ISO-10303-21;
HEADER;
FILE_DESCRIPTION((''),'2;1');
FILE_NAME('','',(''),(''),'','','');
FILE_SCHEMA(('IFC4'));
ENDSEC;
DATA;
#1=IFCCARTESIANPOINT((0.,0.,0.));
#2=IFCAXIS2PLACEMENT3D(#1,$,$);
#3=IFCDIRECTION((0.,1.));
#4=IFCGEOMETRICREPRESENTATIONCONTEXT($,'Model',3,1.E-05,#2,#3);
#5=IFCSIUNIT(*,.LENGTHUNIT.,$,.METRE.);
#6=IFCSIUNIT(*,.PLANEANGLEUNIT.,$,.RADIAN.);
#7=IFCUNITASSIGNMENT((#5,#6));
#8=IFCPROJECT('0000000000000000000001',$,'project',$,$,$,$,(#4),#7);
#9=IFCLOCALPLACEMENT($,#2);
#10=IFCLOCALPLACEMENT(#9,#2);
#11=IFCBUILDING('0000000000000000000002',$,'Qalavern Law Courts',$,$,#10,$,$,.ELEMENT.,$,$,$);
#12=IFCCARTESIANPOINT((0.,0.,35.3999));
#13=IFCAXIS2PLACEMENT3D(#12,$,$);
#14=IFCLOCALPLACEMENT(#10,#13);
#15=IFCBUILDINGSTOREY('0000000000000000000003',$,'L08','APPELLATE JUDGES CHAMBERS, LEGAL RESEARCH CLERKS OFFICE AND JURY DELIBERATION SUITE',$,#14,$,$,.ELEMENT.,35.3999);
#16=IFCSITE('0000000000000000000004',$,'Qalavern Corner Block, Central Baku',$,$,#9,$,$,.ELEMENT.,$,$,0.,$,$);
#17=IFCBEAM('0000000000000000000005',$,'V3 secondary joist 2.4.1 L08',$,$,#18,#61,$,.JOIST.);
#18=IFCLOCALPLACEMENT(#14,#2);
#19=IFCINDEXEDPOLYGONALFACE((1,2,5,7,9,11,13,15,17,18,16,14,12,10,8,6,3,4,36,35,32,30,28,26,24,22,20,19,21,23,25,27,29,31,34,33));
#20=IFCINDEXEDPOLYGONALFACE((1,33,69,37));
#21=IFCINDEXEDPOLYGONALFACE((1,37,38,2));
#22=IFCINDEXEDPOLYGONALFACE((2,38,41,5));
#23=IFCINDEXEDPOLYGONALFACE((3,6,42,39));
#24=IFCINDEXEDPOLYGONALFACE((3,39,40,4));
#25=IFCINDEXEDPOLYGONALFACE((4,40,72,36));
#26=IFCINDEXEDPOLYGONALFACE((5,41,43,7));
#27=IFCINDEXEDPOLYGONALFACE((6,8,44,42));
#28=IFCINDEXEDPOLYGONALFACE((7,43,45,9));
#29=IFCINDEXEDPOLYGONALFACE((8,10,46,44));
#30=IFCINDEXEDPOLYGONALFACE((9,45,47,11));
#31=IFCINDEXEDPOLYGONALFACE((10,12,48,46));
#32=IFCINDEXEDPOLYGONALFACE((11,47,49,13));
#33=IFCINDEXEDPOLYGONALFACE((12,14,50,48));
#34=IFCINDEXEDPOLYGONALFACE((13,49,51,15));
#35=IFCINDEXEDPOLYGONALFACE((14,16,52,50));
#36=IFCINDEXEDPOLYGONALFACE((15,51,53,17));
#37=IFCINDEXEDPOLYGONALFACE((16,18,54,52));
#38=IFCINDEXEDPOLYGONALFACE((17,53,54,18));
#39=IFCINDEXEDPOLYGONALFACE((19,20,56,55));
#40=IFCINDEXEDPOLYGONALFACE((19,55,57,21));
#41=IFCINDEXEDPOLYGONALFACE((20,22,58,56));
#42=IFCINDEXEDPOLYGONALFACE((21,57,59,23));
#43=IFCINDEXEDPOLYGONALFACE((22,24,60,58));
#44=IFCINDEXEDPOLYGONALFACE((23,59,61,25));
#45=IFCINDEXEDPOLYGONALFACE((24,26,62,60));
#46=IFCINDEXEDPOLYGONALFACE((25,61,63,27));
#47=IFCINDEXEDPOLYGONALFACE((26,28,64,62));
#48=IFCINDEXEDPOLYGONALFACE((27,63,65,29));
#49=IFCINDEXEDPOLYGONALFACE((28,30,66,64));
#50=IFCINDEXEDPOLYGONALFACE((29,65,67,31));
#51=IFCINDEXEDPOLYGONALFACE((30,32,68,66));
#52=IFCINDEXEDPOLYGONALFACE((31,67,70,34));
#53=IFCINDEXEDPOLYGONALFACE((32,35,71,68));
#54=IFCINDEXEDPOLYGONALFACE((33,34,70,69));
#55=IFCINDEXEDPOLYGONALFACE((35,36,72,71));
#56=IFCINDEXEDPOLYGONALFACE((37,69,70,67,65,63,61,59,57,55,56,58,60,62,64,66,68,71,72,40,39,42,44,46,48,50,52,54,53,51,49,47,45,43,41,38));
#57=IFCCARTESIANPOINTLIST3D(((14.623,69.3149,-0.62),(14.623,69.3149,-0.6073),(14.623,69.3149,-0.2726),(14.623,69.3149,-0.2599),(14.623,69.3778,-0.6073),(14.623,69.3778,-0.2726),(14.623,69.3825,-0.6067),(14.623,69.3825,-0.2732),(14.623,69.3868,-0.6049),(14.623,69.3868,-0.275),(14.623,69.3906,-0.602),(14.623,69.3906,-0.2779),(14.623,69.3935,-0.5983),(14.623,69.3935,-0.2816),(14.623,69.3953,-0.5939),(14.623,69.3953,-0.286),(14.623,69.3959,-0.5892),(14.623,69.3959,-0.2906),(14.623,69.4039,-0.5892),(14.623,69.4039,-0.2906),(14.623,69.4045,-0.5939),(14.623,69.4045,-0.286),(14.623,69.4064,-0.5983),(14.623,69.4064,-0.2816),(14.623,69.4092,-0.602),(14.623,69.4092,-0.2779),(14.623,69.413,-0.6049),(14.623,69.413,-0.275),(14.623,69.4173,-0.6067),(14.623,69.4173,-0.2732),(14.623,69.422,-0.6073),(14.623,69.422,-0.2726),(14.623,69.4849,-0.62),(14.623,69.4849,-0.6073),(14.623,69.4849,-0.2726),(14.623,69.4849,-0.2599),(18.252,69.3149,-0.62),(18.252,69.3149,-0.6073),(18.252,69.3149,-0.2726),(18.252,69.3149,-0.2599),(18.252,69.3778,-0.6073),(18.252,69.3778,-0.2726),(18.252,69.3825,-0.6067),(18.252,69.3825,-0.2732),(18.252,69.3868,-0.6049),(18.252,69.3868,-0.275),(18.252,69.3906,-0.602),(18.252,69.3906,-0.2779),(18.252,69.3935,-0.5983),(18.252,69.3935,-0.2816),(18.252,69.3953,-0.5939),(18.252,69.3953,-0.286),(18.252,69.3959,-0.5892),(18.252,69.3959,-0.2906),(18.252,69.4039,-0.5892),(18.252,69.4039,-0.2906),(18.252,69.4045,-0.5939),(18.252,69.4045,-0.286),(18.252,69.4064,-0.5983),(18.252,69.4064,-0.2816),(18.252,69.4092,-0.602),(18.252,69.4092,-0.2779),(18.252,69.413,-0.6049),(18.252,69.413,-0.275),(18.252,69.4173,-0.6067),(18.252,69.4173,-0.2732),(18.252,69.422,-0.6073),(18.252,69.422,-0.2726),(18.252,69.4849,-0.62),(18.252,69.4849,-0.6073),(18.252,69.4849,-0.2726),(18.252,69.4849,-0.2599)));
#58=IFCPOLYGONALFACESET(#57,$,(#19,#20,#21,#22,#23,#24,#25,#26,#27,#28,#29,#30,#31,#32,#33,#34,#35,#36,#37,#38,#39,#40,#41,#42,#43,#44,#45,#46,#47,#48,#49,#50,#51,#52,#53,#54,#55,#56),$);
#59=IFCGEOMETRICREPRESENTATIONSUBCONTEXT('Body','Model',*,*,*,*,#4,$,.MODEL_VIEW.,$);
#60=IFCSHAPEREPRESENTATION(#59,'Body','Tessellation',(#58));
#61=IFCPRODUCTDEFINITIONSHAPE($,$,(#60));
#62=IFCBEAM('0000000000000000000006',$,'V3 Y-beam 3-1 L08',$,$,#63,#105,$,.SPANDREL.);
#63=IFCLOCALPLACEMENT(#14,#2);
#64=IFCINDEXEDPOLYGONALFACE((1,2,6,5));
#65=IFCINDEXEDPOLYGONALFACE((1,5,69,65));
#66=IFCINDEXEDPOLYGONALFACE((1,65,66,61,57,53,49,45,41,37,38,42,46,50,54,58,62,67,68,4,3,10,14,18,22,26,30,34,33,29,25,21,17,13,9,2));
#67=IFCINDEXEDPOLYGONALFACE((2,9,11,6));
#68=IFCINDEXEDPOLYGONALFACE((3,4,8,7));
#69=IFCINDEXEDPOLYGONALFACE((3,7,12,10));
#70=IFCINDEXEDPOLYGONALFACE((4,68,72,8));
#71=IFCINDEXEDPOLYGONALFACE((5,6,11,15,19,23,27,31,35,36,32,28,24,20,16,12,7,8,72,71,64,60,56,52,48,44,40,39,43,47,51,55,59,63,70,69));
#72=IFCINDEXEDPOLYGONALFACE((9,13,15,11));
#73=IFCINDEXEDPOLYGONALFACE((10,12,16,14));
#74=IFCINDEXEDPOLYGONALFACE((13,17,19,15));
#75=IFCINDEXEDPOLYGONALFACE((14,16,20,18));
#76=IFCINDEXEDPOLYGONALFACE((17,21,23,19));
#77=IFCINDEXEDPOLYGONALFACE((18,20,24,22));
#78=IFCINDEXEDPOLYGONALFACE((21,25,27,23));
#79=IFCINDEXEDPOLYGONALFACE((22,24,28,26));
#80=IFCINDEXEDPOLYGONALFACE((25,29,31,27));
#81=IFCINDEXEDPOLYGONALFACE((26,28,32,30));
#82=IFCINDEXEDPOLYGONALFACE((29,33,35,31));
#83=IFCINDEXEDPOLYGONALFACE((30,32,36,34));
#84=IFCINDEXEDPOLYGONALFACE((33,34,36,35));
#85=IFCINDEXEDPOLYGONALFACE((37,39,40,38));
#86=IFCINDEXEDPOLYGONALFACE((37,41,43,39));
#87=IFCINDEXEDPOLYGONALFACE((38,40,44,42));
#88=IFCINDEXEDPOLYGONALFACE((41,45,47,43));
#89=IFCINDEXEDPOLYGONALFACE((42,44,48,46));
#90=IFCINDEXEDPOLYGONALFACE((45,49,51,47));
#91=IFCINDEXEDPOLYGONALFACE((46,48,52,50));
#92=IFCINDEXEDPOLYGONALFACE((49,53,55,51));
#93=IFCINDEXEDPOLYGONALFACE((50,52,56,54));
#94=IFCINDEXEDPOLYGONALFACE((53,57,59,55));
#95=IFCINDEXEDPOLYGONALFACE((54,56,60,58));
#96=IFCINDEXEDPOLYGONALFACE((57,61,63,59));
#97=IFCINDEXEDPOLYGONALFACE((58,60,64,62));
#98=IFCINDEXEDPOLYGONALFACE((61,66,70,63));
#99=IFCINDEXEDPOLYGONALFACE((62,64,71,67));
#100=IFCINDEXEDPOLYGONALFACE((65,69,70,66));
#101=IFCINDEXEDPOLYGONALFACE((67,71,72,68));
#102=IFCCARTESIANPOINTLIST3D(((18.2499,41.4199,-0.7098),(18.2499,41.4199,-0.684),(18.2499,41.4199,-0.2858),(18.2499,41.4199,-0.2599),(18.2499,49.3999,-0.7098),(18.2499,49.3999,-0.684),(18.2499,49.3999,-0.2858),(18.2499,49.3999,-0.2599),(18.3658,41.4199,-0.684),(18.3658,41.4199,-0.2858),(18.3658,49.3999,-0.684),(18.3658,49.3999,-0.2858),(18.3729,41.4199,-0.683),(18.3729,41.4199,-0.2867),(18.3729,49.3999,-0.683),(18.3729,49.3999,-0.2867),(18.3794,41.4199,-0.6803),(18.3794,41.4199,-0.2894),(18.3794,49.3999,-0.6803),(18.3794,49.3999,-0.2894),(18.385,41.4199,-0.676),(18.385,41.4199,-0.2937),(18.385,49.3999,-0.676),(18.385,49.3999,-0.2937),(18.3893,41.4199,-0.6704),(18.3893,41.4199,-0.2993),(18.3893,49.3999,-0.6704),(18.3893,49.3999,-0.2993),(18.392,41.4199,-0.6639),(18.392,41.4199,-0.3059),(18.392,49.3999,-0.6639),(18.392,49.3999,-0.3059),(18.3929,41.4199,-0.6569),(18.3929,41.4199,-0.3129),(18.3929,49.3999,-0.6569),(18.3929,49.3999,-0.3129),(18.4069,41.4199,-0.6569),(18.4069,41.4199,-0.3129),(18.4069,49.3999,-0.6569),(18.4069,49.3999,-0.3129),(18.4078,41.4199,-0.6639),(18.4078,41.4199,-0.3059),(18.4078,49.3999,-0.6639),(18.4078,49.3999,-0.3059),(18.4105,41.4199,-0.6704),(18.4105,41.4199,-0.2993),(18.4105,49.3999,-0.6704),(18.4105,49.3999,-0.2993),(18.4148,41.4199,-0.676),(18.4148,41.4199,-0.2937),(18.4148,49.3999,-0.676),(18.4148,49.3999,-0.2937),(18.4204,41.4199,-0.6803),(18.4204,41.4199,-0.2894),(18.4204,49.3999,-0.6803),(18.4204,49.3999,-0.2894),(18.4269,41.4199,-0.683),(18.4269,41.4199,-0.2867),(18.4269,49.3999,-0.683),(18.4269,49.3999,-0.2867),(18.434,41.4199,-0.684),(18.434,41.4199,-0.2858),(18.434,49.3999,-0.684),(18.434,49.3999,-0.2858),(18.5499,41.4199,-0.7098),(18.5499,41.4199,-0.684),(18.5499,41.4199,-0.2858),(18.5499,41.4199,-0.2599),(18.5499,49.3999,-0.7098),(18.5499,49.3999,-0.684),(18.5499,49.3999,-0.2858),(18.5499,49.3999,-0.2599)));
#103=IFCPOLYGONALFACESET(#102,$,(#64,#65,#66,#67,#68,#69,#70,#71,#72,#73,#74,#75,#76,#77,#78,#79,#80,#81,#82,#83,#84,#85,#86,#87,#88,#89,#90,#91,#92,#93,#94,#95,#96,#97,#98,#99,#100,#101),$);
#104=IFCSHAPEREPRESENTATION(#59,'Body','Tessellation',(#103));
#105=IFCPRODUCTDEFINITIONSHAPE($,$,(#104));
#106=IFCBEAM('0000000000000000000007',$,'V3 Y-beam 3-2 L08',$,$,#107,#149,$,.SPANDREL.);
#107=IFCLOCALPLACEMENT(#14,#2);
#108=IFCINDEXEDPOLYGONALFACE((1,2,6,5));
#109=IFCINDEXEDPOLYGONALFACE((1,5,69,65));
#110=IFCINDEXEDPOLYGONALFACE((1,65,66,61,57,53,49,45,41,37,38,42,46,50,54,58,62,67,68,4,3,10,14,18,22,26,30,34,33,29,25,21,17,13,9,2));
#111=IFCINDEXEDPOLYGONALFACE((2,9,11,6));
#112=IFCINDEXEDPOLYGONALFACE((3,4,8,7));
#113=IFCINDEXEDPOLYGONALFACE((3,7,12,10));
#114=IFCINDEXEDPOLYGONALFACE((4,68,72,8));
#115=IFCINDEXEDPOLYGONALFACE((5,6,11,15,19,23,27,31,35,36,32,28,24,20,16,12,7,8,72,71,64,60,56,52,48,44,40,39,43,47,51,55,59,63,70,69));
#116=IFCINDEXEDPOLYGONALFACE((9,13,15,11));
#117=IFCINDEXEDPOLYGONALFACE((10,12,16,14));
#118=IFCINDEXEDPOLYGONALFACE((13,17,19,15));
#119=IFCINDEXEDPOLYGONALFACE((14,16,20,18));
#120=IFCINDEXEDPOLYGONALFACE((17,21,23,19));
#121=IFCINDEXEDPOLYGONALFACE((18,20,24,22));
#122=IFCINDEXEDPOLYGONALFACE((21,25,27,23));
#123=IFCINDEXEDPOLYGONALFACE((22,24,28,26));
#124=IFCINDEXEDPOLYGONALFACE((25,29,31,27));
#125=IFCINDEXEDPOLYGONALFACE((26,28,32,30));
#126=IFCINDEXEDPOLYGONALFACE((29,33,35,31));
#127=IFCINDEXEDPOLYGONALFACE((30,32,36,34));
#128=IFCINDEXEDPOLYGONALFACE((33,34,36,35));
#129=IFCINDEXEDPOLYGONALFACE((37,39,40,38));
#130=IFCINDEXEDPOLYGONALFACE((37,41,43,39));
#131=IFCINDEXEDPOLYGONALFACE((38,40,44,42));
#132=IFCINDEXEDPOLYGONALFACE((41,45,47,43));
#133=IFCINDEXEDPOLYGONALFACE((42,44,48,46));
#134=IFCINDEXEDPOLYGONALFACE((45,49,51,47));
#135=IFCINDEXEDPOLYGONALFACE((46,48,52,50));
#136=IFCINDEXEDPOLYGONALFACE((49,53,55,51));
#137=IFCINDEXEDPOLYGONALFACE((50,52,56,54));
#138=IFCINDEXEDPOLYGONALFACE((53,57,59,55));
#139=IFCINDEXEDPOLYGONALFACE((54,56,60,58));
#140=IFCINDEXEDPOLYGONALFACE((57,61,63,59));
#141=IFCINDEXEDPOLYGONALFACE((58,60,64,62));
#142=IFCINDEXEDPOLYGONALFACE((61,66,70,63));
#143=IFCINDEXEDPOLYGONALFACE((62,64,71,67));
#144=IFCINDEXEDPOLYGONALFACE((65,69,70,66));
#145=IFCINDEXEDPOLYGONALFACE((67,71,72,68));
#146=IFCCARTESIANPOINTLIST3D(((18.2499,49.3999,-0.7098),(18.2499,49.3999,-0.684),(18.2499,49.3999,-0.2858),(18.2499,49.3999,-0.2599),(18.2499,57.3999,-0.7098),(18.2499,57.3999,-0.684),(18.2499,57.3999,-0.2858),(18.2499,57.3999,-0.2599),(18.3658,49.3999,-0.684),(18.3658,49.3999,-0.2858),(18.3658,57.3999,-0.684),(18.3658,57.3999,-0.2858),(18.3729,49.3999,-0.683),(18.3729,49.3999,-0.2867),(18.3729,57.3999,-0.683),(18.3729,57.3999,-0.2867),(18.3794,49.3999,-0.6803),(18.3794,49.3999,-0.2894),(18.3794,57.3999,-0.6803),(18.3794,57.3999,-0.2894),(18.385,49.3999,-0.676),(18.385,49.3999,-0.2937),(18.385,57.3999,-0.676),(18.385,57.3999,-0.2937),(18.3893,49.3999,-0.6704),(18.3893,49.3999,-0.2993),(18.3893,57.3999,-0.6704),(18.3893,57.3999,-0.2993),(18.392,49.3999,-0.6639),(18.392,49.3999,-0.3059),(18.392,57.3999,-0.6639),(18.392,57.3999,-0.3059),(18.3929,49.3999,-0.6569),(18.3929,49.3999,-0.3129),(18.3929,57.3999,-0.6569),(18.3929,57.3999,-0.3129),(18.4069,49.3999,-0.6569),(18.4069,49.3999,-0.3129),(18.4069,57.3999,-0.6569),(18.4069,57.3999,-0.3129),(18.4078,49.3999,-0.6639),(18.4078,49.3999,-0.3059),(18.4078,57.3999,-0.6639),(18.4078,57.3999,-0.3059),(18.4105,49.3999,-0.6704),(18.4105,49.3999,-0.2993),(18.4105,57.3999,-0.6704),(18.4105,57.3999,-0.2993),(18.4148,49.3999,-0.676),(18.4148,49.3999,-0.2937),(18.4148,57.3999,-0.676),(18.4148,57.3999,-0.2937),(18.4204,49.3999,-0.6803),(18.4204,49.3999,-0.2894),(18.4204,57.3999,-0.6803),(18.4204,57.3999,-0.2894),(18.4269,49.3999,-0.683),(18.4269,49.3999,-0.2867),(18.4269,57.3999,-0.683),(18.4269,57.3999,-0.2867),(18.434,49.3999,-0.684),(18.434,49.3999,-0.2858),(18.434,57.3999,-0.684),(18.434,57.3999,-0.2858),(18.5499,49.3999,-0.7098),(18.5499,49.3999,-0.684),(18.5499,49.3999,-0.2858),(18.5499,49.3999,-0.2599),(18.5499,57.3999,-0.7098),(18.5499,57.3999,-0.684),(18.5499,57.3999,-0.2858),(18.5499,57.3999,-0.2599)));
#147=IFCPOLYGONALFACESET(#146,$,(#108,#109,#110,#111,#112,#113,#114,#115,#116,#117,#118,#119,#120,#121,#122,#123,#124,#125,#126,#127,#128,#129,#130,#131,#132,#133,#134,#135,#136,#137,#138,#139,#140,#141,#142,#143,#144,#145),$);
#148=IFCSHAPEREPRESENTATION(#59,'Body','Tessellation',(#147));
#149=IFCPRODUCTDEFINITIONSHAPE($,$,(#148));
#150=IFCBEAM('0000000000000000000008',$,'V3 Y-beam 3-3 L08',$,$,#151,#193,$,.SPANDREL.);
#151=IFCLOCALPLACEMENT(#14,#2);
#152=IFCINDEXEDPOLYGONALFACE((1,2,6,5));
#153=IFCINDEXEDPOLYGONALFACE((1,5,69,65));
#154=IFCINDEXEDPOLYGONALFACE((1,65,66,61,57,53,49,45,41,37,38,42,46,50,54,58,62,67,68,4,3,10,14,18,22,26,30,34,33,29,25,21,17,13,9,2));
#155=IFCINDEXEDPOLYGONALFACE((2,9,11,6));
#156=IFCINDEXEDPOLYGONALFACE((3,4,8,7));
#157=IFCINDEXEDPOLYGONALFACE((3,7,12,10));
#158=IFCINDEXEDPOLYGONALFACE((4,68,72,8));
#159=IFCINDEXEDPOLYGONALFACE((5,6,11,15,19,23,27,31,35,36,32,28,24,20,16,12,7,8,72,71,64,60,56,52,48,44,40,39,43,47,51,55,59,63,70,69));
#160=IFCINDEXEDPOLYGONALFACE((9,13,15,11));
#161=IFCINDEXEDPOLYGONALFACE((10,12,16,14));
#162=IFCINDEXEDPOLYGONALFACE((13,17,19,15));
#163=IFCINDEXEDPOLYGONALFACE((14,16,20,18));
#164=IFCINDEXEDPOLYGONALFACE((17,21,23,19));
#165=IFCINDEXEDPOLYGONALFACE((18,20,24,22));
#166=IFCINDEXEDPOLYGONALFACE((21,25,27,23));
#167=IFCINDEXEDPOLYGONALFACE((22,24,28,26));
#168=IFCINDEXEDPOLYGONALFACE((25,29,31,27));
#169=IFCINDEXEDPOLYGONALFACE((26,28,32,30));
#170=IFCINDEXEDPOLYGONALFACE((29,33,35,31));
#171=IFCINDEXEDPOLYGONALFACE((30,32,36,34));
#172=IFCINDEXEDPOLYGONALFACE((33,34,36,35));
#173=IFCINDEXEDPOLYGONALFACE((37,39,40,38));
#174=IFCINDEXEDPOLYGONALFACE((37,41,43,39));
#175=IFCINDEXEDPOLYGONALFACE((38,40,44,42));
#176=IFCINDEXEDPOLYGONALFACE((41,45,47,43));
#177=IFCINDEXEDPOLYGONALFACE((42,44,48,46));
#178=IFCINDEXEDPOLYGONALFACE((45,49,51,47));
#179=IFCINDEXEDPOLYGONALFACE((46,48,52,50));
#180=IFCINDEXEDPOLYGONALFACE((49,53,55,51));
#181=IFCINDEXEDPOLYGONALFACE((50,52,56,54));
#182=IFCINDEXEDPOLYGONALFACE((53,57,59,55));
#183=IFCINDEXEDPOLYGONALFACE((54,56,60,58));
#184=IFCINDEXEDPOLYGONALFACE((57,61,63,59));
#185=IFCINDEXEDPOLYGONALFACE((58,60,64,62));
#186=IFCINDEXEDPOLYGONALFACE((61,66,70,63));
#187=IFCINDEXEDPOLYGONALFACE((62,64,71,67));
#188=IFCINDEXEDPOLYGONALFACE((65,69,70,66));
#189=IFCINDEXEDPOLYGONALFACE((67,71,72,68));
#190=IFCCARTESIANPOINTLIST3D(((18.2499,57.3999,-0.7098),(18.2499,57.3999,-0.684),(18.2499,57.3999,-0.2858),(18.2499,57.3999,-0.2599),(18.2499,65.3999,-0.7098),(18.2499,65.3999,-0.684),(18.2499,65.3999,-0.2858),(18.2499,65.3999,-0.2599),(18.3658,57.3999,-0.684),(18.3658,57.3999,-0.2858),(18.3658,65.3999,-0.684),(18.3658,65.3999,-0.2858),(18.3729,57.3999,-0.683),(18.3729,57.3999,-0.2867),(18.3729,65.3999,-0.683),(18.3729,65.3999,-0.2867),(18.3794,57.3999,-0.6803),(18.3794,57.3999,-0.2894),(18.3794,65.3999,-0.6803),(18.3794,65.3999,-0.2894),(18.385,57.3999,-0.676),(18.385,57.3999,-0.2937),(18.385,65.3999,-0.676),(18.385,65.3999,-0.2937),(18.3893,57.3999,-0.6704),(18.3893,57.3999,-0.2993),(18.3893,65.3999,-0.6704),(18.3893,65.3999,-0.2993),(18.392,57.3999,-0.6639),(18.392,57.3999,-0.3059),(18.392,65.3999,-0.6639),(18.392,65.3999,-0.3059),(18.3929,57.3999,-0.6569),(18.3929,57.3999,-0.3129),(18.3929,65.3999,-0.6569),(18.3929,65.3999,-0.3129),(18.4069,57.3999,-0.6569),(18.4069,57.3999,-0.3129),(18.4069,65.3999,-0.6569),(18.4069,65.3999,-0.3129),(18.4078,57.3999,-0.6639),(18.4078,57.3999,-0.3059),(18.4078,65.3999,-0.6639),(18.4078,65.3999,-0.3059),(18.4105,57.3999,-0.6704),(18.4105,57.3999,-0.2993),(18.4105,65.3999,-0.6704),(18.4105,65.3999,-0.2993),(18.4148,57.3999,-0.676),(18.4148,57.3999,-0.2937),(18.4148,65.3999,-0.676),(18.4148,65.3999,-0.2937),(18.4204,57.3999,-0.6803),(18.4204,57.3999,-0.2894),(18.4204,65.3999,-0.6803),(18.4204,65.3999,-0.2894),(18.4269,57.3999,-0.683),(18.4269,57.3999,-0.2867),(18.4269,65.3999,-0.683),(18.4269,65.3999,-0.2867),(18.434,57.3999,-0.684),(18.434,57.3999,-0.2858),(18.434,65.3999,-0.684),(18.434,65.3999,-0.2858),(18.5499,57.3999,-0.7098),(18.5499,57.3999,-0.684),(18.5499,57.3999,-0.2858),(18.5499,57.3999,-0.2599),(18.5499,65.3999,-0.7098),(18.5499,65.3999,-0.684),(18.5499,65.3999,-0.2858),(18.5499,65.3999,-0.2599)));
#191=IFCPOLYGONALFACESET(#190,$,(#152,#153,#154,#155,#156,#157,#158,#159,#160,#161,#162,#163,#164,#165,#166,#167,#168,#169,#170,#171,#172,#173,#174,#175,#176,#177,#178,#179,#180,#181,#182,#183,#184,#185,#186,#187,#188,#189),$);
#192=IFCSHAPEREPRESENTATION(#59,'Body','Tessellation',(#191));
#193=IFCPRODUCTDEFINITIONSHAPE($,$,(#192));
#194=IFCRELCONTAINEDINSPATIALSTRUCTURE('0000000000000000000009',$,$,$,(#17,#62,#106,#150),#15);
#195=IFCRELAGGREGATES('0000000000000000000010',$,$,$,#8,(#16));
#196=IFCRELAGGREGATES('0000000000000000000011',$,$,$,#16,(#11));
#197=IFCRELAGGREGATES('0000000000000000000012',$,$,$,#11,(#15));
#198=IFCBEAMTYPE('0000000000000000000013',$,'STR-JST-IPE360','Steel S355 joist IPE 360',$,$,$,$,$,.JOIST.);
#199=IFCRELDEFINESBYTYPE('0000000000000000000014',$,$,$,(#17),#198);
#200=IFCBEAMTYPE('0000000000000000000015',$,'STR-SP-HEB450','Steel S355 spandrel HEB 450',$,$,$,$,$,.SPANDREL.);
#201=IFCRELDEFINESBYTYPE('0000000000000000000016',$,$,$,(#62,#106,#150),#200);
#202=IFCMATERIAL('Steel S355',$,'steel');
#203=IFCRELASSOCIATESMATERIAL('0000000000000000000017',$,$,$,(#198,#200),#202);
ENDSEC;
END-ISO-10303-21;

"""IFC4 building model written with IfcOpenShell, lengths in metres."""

from ifc_helpers import new_model, si_unit, direction, frame, origin, origin_2d, place, context, subcontext, project, spatial, i_section, extrude, material, material_profile, profile_set, type_object, element, save


model = new_model("IFC4")

# Units and contexts
model_context = context("Model", 3, precision=1e-05, world=origin(), true_north=direction((0.0, 1.0)))
body_context = subcontext(model_context, "Body", "Model", "MODEL_VIEW")
ifc_project = project(units=[si_unit("LENGTHUNIT", "METRE"), si_unit("PLANEANGLEUNIT", "RADIAN")], contexts=[model_context])

# Site, building, storey
site_placement = place(None, origin())
site = spatial("IfcSite", under=ifc_project, at=site_placement, Name="Qalavern Corner Block, Central Baku", CompositionType="ELEMENT", RefElevation=0.0)
building_placement = place(site_placement, origin())
building = spatial("IfcBuilding", under=site, at=building_placement, Name="Qalavern Law Courts", CompositionType="ELEMENT")
storey_placement = place(building_placement, frame((0.0, 0.0, 35.3999)))
storey = spatial("IfcBuildingStorey", under=building, at=storey_placement, Name="L08", Description="APPELLATE JUDGES CHAMBERS, LEGAL RESEARCH CLERKS OFFICE AND JURY DELIBERATION SUITE", CompositionType="ELEMENT", Elevation=35.3999)

# Beams
ifc_material_1 = material(Name="Steel S355", Category="steel")
ifc_material_profile_1 = material_profile(ifc_material_1, i_section(OverallWidth=0.1699, OverallDepth=0.3601, WebThickness=0.0081, FlangeThickness=0.0127, FilletRadius=0.0181, at=origin_2d()), Name="IPE 360")
ifc_profile_set_1 = profile_set([ifc_material_profile_1], Name="Steel S355")
beam_type_1 = type_object("IfcBeamType", Name="STR-JST-IPE360", Description="Steel S355 joist IPE 360", PredefinedType="JOIST", material=ifc_profile_set_1)
beam_1_placement = place(storey_placement, frame((14.623, 69.3999, -0.4399), z_axis=(1.0, 0.0, 0.0), x_axis=(0.0, 1.0, 0.0)))
element("IfcBeam", 1, at=beam_1_placement, inside=storey, type_object=beam_type_1, Name="V3 secondary joist 2.4.1 L08", PredefinedType="JOIST", context=body_context, shape_type="SweptSolid", body=[
    extrude(i_section(OverallWidth=0.1699, OverallDepth=0.3601, WebThickness=0.0081, FlangeThickness=0.0127, FilletRadius=0.0181, at=origin_2d()), origin(), (0.0, 0.0, 1.0), 3.6289),
])
ifc_material_profile_2 = material_profile(ifc_material_1, i_section(OverallWidth=0.3, OverallDepth=0.45, WebThickness=0.0139, FlangeThickness=0.0259, FilletRadius=0.0271, at=origin_2d()), Name="HEB 450")
ifc_profile_set_2 = profile_set([ifc_material_profile_2], Name="Steel S355")
beam_type_2 = type_object("IfcBeamType", Name="STR-SP-HEB450", Description="Steel S355 spandrel HEB 450", PredefinedType="SPANDREL", material=ifc_profile_set_2)
beam_2_placement = place(storey_placement, frame((18.3999, 41.4199, -0.4849), z_axis=(0.0, 1.0, 0.0), x_axis=(-1.0, 0.0, 0.0)))
element("IfcBeam", 2, at=beam_2_placement, inside=storey, type_object=beam_type_2, Name="V3 Y-beam 3-1 L08", PredefinedType="SPANDREL", context=body_context, shape_type="SweptSolid", body=[
    extrude(i_section(OverallWidth=0.3, OverallDepth=0.45, WebThickness=0.0139, FlangeThickness=0.0259, FilletRadius=0.0271, at=origin_2d()), origin(), (0.0, 0.0, 1.0), 7.98),
])
for number, where, z_axis, x_axis, name in (
    (3, (18.3999, 49.3999, -0.4849), (0.0, 1.0, 0.0), (-1.0, 0.0, 0.0), "V3 Y-beam 3-2 L08"),
    (4, (18.3999, 57.3999, -0.4849), (0.0, 1.0, 0.0), (-1.0, 0.0, 0.0), "V3 Y-beam 3-3 L08"),
):
    element("IfcBeam", number, at=place(storey_placement, frame(where, z_axis=z_axis, x_axis=x_axis)), inside=storey, type_object=beam_type_2, Name=name, PredefinedType="SPANDREL", context=body_context, shape_type="SweptSolid", body=[
        extrude(i_section(OverallWidth=0.3, OverallDepth=0.45, WebThickness=0.0139, FlangeThickness=0.0259, FilletRadius=0.0271, at=origin_2d()), origin(), (0.0, 0.0, 1.0), 8.0),
    ])

save(model, "model.ifc")
